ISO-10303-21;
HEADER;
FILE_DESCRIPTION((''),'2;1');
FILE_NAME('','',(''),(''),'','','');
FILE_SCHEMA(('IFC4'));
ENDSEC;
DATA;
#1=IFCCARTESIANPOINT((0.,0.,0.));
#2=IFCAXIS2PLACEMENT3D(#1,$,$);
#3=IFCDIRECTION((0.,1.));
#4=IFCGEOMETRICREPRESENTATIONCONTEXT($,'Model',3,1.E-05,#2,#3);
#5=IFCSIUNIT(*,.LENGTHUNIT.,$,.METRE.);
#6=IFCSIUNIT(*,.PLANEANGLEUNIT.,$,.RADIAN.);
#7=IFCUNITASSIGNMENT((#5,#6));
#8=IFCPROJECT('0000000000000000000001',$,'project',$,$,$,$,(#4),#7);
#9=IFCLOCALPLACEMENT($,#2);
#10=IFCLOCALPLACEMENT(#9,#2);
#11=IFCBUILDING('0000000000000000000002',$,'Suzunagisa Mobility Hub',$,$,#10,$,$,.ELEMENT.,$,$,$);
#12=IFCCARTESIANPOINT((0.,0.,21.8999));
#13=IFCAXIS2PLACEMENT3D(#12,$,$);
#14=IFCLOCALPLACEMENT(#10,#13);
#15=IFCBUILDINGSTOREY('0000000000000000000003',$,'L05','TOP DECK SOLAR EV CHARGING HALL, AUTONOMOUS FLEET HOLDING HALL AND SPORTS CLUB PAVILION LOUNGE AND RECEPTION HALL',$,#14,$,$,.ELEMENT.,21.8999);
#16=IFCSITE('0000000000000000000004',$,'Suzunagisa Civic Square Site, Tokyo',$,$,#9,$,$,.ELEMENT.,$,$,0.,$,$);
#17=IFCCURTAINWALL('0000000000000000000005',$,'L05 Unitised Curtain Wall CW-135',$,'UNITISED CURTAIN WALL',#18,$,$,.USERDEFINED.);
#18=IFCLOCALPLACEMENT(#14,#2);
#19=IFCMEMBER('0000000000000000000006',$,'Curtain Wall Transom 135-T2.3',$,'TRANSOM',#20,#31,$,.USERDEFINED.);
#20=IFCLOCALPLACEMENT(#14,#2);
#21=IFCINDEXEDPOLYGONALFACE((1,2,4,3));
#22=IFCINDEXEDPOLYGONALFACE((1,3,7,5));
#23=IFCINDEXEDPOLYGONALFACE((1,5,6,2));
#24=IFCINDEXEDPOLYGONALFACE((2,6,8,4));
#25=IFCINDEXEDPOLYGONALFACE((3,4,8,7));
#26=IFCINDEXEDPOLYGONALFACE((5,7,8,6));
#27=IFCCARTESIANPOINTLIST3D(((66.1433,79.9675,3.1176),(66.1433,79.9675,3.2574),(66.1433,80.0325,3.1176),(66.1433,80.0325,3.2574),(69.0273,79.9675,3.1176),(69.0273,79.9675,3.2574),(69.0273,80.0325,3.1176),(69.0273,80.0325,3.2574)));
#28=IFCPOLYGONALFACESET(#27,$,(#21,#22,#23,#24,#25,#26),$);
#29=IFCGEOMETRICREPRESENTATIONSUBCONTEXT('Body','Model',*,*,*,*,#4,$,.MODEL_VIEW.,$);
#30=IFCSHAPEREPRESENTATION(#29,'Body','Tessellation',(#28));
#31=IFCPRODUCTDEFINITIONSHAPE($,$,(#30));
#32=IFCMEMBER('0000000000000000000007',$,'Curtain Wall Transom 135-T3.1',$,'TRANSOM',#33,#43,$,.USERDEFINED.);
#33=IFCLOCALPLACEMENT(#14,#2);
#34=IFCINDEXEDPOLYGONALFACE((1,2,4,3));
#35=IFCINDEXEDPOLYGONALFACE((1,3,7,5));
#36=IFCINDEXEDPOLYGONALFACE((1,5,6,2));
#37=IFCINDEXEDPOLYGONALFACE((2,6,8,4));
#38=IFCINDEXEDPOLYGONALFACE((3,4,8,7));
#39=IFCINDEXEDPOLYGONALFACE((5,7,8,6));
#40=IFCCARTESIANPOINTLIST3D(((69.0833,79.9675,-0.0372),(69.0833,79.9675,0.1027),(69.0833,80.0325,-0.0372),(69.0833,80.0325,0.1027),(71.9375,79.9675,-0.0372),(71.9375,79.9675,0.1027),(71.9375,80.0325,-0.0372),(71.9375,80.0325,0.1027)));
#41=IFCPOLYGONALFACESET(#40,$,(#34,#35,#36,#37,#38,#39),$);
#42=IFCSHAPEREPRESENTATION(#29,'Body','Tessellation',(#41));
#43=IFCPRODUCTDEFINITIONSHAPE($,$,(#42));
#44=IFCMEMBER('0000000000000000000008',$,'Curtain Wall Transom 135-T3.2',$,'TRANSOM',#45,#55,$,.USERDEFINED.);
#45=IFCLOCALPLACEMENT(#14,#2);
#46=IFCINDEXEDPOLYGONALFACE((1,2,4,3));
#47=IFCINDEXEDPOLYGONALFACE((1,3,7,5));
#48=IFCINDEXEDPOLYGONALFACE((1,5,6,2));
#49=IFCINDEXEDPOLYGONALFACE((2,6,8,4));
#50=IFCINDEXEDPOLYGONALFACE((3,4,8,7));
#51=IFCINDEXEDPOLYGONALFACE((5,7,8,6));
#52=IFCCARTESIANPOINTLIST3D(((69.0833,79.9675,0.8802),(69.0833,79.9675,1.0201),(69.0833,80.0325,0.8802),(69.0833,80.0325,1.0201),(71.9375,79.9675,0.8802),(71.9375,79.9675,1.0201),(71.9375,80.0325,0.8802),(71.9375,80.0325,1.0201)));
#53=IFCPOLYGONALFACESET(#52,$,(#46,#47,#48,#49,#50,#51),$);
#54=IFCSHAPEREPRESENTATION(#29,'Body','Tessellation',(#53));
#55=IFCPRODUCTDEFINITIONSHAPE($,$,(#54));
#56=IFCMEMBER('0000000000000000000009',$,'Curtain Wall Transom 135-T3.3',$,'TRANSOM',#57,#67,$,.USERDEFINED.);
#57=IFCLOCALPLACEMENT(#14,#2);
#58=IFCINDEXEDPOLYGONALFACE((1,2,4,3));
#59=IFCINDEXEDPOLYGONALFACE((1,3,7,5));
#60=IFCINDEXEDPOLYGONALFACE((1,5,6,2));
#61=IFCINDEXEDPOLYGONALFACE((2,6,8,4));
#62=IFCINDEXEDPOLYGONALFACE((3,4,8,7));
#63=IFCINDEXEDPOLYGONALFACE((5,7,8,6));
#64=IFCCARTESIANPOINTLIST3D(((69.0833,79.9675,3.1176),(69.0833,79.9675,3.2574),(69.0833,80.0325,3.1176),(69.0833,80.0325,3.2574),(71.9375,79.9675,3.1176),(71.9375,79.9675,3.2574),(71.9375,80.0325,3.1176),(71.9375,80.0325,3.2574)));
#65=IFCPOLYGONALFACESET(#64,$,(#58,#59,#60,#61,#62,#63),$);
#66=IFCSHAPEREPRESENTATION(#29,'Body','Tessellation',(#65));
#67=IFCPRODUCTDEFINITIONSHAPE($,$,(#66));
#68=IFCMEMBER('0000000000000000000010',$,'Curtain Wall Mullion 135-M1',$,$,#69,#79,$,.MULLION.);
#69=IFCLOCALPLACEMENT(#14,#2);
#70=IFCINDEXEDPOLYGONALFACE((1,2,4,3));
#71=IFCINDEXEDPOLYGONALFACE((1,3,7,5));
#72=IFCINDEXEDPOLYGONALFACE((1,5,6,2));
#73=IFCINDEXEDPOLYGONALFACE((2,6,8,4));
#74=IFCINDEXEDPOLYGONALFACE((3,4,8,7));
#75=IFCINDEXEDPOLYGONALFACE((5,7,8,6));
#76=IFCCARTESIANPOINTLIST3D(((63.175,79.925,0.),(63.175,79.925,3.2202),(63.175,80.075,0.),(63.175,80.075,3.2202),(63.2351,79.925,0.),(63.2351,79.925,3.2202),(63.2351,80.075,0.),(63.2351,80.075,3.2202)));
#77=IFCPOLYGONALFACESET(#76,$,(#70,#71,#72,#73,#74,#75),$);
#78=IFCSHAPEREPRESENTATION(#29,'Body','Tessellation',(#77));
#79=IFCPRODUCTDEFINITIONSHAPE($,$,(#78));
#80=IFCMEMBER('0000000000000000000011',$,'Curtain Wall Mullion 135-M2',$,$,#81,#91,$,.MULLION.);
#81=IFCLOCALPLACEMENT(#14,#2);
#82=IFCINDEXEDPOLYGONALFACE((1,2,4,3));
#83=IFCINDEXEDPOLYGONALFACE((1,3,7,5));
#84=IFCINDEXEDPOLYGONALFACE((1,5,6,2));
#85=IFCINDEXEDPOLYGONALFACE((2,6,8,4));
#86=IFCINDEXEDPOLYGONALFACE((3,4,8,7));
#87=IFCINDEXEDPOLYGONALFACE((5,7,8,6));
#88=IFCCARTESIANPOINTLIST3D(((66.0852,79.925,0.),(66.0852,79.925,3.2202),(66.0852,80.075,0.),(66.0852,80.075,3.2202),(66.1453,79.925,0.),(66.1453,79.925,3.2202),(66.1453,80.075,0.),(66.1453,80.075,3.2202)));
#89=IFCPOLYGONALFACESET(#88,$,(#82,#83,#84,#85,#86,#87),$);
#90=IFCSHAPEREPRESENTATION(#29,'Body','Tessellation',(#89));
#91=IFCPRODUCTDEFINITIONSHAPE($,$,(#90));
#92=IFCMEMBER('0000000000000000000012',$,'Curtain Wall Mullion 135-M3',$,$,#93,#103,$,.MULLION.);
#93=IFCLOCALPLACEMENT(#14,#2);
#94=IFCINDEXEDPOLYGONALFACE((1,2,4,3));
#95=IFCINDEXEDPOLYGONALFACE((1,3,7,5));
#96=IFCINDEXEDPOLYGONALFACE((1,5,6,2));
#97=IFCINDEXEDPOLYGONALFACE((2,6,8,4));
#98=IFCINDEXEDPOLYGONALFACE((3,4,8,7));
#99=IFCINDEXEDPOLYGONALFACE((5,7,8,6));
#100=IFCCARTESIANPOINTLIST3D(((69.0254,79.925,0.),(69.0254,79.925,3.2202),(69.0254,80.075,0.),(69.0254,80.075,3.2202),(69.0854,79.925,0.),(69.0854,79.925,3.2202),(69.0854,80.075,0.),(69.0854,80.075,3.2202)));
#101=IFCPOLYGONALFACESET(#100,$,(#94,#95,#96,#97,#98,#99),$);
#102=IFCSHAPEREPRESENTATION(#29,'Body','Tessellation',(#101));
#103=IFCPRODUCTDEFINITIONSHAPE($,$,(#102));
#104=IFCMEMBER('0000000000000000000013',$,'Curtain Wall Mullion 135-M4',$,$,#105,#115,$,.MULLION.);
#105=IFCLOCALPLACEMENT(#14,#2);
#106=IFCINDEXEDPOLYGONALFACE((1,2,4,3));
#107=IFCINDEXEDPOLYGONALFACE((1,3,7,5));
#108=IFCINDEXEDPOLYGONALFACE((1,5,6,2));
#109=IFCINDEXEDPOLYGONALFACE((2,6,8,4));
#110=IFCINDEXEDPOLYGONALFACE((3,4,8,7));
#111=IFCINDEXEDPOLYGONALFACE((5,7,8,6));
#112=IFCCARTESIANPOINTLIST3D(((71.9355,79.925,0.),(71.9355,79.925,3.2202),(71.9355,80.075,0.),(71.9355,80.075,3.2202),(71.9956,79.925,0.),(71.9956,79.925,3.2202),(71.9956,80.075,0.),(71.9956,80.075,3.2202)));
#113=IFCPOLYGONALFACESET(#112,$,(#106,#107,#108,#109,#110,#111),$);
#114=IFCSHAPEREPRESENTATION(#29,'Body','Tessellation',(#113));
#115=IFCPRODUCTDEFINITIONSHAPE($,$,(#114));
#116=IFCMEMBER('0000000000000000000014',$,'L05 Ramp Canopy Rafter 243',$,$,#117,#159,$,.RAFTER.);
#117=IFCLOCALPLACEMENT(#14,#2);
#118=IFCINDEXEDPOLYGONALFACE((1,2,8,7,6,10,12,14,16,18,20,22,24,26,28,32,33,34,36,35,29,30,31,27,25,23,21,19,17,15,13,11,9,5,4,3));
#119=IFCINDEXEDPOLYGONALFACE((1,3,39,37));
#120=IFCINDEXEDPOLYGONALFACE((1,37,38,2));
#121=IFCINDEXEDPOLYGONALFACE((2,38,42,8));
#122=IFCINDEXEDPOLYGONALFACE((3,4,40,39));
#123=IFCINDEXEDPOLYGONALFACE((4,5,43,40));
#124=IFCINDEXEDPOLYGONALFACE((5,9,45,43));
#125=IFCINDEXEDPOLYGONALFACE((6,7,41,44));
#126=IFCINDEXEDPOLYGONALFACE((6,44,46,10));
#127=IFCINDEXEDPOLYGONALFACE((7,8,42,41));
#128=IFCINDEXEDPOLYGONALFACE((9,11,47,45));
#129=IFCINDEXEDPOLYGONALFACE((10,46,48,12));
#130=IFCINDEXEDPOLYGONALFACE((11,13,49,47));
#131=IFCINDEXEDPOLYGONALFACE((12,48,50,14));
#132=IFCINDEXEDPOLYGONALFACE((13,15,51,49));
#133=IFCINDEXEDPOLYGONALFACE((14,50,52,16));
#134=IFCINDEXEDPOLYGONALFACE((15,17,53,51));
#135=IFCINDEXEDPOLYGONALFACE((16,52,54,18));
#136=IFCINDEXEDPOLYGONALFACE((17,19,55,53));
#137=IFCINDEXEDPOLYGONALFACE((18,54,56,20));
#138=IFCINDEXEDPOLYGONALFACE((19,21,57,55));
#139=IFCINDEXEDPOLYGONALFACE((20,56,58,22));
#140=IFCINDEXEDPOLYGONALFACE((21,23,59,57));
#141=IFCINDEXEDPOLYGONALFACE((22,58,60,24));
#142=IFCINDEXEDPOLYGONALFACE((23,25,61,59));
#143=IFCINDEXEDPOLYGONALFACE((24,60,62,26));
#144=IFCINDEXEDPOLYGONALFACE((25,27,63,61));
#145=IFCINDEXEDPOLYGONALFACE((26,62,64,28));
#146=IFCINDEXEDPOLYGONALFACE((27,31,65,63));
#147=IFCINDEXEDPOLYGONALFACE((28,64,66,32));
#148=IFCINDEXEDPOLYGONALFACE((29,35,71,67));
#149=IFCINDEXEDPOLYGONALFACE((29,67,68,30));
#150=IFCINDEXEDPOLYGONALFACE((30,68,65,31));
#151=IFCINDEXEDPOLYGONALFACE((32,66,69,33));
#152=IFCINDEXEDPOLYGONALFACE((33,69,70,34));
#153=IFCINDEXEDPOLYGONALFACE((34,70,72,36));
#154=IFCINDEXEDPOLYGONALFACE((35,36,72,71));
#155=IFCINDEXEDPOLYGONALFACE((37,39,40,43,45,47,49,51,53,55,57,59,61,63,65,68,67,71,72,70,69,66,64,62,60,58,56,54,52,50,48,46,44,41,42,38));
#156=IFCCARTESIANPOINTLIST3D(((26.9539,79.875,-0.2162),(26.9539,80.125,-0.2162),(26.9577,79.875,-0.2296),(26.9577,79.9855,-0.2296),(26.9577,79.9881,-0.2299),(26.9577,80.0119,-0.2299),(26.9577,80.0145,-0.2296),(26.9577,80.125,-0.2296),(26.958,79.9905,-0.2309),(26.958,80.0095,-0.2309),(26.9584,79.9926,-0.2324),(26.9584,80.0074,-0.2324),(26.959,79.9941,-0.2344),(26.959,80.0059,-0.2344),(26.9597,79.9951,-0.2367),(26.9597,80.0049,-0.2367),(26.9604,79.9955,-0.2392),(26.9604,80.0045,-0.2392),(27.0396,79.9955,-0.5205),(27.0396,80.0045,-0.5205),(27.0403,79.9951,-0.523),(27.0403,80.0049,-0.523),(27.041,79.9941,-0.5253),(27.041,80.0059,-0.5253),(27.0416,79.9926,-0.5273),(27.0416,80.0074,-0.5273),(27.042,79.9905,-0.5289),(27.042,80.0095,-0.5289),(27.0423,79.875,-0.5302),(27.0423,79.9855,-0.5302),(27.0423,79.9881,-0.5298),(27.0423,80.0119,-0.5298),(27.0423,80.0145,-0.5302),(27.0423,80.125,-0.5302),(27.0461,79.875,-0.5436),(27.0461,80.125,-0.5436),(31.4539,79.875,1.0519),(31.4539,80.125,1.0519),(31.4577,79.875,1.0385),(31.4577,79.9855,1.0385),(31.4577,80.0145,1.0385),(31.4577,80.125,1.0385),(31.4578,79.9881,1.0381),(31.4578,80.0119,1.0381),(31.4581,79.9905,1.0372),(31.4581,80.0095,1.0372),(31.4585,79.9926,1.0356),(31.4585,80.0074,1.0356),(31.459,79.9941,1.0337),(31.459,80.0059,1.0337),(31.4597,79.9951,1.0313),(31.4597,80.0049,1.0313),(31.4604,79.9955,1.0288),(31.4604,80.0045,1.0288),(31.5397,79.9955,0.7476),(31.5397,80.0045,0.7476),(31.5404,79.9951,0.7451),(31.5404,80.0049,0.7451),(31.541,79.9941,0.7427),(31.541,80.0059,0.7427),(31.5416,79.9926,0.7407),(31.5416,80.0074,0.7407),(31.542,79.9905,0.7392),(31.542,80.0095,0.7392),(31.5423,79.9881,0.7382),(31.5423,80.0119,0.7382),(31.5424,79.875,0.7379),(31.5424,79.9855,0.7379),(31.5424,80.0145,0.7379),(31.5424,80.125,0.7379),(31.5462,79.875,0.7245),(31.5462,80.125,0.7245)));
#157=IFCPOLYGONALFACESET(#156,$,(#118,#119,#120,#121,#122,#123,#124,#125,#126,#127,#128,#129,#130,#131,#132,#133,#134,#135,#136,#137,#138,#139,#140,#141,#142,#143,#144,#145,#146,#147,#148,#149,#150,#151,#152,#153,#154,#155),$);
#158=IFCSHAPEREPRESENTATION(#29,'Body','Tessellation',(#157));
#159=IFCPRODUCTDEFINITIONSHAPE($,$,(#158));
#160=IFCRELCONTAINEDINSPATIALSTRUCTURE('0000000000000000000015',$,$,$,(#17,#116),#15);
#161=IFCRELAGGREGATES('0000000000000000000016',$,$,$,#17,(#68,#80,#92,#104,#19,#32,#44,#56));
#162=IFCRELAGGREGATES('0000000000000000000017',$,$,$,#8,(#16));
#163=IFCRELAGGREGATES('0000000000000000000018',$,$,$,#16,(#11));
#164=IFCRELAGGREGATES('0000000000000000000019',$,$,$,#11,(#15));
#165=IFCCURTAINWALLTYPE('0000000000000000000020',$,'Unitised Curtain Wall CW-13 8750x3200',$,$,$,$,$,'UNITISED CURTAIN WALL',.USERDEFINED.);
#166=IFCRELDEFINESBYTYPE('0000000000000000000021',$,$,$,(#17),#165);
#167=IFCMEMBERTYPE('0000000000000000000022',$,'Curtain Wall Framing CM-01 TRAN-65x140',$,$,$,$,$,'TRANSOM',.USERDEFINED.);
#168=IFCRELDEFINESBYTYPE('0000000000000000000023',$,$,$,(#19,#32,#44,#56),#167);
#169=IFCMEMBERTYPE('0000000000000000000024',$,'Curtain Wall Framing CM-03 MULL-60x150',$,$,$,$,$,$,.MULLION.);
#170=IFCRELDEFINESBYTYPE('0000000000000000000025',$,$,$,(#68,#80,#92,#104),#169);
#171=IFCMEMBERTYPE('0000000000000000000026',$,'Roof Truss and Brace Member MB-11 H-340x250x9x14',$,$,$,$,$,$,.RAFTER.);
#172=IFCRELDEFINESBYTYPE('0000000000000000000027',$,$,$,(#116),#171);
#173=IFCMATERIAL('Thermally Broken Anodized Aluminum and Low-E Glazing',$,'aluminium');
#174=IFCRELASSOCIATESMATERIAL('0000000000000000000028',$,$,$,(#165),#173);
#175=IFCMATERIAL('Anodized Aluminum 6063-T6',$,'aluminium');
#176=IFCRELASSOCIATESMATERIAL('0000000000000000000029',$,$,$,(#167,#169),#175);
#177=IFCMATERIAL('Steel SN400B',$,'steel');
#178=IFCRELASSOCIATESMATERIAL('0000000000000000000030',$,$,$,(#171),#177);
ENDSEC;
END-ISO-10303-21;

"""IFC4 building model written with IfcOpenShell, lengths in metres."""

from ifc_helpers import new_model, si_unit, direction, frame, origin, origin_2d, place, context, subcontext, project, spatial, rectangle, i_section, extrude, material, material_profile, profile_set, type_object, element, aggregate, save


model = new_model("IFC4")

# Units and contexts
model_context = context("Model", 3, precision=1e-05, world=origin(), true_north=direction((0.0, 1.0)))
body_context = subcontext(model_context, "Body", "Model", "MODEL_VIEW")
ifc_project = project(units=[si_unit("LENGTHUNIT", "METRE"), si_unit("PLANEANGLEUNIT", "RADIAN")], contexts=[model_context])

# Site, building, storey
site_placement = place(None, origin())
site = spatial("IfcSite", under=ifc_project, at=site_placement, Name="Suzunagisa Civic Square Site, Tokyo", CompositionType="ELEMENT", RefElevation=0.0)
building_placement = place(site_placement, origin())
building = spatial("IfcBuilding", under=site, at=building_placement, Name="Suzunagisa Mobility Hub", CompositionType="ELEMENT")
storey_placement = place(building_placement, frame((0.0, 0.0, 21.8999)))
storey = spatial("IfcBuildingStorey", under=building, at=storey_placement, Name="L05", Description="TOP DECK SOLAR EV CHARGING HALL, AUTONOMOUS FLEET HOLDING HALL AND SPORTS CLUB PAVILION LOUNGE AND RECEPTION HALL", CompositionType="ELEMENT", Elevation=21.8999)

# Curtain wall, members
ifc_material_1 = material(Name="Thermally Broken Anodized Aluminum and Low-E Glazing", Category="aluminium")
curtain_wall_type = type_object("IfcCurtainWallType", Name="Unitised Curtain Wall CW-13 8750x3200", ElementType="UNITISED CURTAIN WALL", PredefinedType="USERDEFINED", material=ifc_material_1)
curtain_wall_placement = place(storey_placement, origin())
curtain_wall = element("IfcCurtainWall", 1, at=curtain_wall_placement, inside=storey, type_object=curtain_wall_type, Name="L05 Unitised Curtain Wall CW-135", ObjectType="UNITISED CURTAIN WALL", PredefinedType="USERDEFINED")
ifc_material_2 = material(Name="Anodized Aluminum 6063-T6", Category="aluminium")
ifc_material_profile_1 = material_profile(ifc_material_2, rectangle(XDim=0.0649, YDim=0.1399, at=origin_2d()), Name="TRAN-65x140")
ifc_profile_set_1 = profile_set([ifc_material_profile_1], Name="Anodized Aluminum 6063-T6")
member_type_1 = type_object("IfcMemberType", Name="Curtain Wall Framing CM-01 TRAN-65x140", ElementType="TRANSOM", PredefinedType="USERDEFINED", material=ifc_profile_set_1)
member_1_placement = place(storey_placement, frame((66.1433, 80.0, 3.1875), z_axis=(1.0, 0.0, 0.0), x_axis=(0.0, 1.0, 0.0)))
member_1 = element("IfcMember", 2, at=member_1_placement, type_object=member_type_1, Name="Curtain Wall Transom 135-T2.3", ObjectType="TRANSOM", PredefinedType="USERDEFINED", context=body_context, shape_type="SweptSolid", body=[
    extrude(rectangle(XDim=0.0649, YDim=0.1399, at=origin_2d()), origin(), (0.0, 0.0, 1.0), 2.884),
])
member_2_placement = place(storey_placement, frame((69.0833, 80.0, 0.0327), z_axis=(1.0, 0.0, 0.0), x_axis=(0.0, 1.0, 0.0)))
member_2 = element("IfcMember", 3, at=member_2_placement, type_object=member_type_1, Name="Curtain Wall Transom 135-T3.1", ObjectType="TRANSOM", PredefinedType="USERDEFINED", context=body_context, shape_type="SweptSolid", body=[
    extrude(rectangle(XDim=0.0649, YDim=0.1399, at=origin_2d()), origin(), (0.0, 0.0, 1.0), 2.8542),
])
member_3_placement = place(storey_placement, frame((69.0833, 80.0, 0.9502), z_axis=(1.0, 0.0, 0.0), x_axis=(0.0, 1.0, 0.0)))
member_3 = element("IfcMember", 4, at=member_3_placement, type_object=member_type_1, Name="Curtain Wall Transom 135-T3.2", ObjectType="TRANSOM", PredefinedType="USERDEFINED", context=body_context, shape_type="SweptSolid", body=[
    extrude(rectangle(XDim=0.0649, YDim=0.1399, at=origin_2d()), origin(), (0.0, 0.0, 1.0), 2.8542),
])
member_4_placement = place(storey_placement, frame((69.0833, 80.0, 3.1875), z_axis=(1.0, 0.0, 0.0), x_axis=(0.0, 1.0, 0.0)))
member_4 = element("IfcMember", 5, at=member_4_placement, type_object=member_type_1, Name="Curtain Wall Transom 135-T3.3", ObjectType="TRANSOM", PredefinedType="USERDEFINED", context=body_context, shape_type="SweptSolid", body=[
    extrude(rectangle(XDim=0.0649, YDim=0.1399, at=origin_2d()), origin(), (0.0, 0.0, 1.0), 2.8542),
])
ifc_material_profile_2 = material_profile(ifc_material_2, rectangle(XDim=0.0601, YDim=0.1499, at=origin_2d()), Name="MULL-60x150")
ifc_profile_set_2 = profile_set([ifc_material_profile_2], Name="Anodized Aluminum 6063-T6")
member_type_2 = type_object("IfcMemberType", Name="Curtain Wall Framing CM-03 MULL-60x150", PredefinedType="MULLION", material=ifc_profile_set_2)
member_5_placement = place(storey_placement, frame((63.2051, 80.0, 0.0), z_axis=(0.0, 0.0, 1.0), x_axis=(1.0, 0.0, 0.0)))
member_5 = element("IfcMember", 6, at=member_5_placement, type_object=member_type_2, Name="Curtain Wall Mullion 135-M1", PredefinedType="MULLION", context=body_context, shape_type="SweptSolid", body=[
    extrude(rectangle(XDim=0.0601, YDim=0.1499, at=origin_2d()), origin(), (0.0, 0.0, 1.0), 3.2202),
])
member_6_placement = place(storey_placement, frame((66.1152, 80.0, 0.0), z_axis=(0.0, 0.0, 1.0), x_axis=(1.0, 0.0, 0.0)))
member_6 = element("IfcMember", 7, at=member_6_placement, type_object=member_type_2, Name="Curtain Wall Mullion 135-M2", PredefinedType="MULLION", context=body_context, shape_type="SweptSolid", body=[
    extrude(rectangle(XDim=0.0601, YDim=0.1499, at=origin_2d()), origin(), (0.0, 0.0, 1.0), 3.2202),
])
member_7_placement = place(storey_placement, frame((69.0554, 80.0, 0.0), z_axis=(0.0, 0.0, 1.0), x_axis=(1.0, 0.0, 0.0)))
member_7 = element("IfcMember", 8, at=member_7_placement, type_object=member_type_2, Name="Curtain Wall Mullion 135-M3", PredefinedType="MULLION", context=body_context, shape_type="SweptSolid", body=[
    extrude(rectangle(XDim=0.0601, YDim=0.1499, at=origin_2d()), origin(), (0.0, 0.0, 1.0), 3.2202),
])
member_8_placement = place(storey_placement, frame((71.9656, 80.0, 0.0), z_axis=(0.0, 0.0, 1.0), x_axis=(1.0, 0.0, 0.0)))
member_8 = element("IfcMember", 9, at=member_8_placement, type_object=member_type_2, Name="Curtain Wall Mullion 135-M4", PredefinedType="MULLION", context=body_context, shape_type="SweptSolid", body=[
    extrude(rectangle(XDim=0.0601, YDim=0.1499, at=origin_2d()), origin(), (0.0, 0.0, 1.0), 3.2202),
])

# Member
ifc_material_3 = material(Name="Steel SN400B", Category="steel")
ifc_material_profile_3 = material_profile(ifc_material_3, i_section(OverallWidth=0.25, OverallDepth=0.3401, WebThickness=0.009, FlangeThickness=0.0139, FilletRadius=0.01, at=origin_2d()), Name="H-340x250x9x14")
ifc_profile_set_3 = profile_set([ifc_material_profile_3], Name="Steel SN400B")
member_type_3 = type_object("IfcMemberType", Name="Roof Truss and Brace Member MB-11 H-340x250x9x14", PredefinedType="RAFTER", material=ifc_profile_set_3)
for number, where, z_axis, x_axis, name in (
    (10, (27.0, 80.0, -0.3799), (0.962515, 0.0, 0.271229), (0.0, 1.0, 0.0), "L05 Ramp Canopy Rafter 243"),
):
    element("IfcMember", number, at=place(storey_placement, frame(where, z_axis=z_axis, x_axis=x_axis)), inside=storey, type_object=member_type_3, Name=name, PredefinedType="RAFTER", context=body_context, shape_type="SweptSolid", body=[
        extrude(i_section(OverallWidth=0.25, OverallDepth=0.3401, WebThickness=0.009, FlangeThickness=0.0139, FilletRadius=0.01, at=origin_2d()), origin(), (0.0, 0.0, 1.0), 4.6753),
    ])

aggregate(curtain_wall, [member_5, member_6, member_7, member_8, member_1, member_2, member_3, member_4])

save(model, "model.ifc")
